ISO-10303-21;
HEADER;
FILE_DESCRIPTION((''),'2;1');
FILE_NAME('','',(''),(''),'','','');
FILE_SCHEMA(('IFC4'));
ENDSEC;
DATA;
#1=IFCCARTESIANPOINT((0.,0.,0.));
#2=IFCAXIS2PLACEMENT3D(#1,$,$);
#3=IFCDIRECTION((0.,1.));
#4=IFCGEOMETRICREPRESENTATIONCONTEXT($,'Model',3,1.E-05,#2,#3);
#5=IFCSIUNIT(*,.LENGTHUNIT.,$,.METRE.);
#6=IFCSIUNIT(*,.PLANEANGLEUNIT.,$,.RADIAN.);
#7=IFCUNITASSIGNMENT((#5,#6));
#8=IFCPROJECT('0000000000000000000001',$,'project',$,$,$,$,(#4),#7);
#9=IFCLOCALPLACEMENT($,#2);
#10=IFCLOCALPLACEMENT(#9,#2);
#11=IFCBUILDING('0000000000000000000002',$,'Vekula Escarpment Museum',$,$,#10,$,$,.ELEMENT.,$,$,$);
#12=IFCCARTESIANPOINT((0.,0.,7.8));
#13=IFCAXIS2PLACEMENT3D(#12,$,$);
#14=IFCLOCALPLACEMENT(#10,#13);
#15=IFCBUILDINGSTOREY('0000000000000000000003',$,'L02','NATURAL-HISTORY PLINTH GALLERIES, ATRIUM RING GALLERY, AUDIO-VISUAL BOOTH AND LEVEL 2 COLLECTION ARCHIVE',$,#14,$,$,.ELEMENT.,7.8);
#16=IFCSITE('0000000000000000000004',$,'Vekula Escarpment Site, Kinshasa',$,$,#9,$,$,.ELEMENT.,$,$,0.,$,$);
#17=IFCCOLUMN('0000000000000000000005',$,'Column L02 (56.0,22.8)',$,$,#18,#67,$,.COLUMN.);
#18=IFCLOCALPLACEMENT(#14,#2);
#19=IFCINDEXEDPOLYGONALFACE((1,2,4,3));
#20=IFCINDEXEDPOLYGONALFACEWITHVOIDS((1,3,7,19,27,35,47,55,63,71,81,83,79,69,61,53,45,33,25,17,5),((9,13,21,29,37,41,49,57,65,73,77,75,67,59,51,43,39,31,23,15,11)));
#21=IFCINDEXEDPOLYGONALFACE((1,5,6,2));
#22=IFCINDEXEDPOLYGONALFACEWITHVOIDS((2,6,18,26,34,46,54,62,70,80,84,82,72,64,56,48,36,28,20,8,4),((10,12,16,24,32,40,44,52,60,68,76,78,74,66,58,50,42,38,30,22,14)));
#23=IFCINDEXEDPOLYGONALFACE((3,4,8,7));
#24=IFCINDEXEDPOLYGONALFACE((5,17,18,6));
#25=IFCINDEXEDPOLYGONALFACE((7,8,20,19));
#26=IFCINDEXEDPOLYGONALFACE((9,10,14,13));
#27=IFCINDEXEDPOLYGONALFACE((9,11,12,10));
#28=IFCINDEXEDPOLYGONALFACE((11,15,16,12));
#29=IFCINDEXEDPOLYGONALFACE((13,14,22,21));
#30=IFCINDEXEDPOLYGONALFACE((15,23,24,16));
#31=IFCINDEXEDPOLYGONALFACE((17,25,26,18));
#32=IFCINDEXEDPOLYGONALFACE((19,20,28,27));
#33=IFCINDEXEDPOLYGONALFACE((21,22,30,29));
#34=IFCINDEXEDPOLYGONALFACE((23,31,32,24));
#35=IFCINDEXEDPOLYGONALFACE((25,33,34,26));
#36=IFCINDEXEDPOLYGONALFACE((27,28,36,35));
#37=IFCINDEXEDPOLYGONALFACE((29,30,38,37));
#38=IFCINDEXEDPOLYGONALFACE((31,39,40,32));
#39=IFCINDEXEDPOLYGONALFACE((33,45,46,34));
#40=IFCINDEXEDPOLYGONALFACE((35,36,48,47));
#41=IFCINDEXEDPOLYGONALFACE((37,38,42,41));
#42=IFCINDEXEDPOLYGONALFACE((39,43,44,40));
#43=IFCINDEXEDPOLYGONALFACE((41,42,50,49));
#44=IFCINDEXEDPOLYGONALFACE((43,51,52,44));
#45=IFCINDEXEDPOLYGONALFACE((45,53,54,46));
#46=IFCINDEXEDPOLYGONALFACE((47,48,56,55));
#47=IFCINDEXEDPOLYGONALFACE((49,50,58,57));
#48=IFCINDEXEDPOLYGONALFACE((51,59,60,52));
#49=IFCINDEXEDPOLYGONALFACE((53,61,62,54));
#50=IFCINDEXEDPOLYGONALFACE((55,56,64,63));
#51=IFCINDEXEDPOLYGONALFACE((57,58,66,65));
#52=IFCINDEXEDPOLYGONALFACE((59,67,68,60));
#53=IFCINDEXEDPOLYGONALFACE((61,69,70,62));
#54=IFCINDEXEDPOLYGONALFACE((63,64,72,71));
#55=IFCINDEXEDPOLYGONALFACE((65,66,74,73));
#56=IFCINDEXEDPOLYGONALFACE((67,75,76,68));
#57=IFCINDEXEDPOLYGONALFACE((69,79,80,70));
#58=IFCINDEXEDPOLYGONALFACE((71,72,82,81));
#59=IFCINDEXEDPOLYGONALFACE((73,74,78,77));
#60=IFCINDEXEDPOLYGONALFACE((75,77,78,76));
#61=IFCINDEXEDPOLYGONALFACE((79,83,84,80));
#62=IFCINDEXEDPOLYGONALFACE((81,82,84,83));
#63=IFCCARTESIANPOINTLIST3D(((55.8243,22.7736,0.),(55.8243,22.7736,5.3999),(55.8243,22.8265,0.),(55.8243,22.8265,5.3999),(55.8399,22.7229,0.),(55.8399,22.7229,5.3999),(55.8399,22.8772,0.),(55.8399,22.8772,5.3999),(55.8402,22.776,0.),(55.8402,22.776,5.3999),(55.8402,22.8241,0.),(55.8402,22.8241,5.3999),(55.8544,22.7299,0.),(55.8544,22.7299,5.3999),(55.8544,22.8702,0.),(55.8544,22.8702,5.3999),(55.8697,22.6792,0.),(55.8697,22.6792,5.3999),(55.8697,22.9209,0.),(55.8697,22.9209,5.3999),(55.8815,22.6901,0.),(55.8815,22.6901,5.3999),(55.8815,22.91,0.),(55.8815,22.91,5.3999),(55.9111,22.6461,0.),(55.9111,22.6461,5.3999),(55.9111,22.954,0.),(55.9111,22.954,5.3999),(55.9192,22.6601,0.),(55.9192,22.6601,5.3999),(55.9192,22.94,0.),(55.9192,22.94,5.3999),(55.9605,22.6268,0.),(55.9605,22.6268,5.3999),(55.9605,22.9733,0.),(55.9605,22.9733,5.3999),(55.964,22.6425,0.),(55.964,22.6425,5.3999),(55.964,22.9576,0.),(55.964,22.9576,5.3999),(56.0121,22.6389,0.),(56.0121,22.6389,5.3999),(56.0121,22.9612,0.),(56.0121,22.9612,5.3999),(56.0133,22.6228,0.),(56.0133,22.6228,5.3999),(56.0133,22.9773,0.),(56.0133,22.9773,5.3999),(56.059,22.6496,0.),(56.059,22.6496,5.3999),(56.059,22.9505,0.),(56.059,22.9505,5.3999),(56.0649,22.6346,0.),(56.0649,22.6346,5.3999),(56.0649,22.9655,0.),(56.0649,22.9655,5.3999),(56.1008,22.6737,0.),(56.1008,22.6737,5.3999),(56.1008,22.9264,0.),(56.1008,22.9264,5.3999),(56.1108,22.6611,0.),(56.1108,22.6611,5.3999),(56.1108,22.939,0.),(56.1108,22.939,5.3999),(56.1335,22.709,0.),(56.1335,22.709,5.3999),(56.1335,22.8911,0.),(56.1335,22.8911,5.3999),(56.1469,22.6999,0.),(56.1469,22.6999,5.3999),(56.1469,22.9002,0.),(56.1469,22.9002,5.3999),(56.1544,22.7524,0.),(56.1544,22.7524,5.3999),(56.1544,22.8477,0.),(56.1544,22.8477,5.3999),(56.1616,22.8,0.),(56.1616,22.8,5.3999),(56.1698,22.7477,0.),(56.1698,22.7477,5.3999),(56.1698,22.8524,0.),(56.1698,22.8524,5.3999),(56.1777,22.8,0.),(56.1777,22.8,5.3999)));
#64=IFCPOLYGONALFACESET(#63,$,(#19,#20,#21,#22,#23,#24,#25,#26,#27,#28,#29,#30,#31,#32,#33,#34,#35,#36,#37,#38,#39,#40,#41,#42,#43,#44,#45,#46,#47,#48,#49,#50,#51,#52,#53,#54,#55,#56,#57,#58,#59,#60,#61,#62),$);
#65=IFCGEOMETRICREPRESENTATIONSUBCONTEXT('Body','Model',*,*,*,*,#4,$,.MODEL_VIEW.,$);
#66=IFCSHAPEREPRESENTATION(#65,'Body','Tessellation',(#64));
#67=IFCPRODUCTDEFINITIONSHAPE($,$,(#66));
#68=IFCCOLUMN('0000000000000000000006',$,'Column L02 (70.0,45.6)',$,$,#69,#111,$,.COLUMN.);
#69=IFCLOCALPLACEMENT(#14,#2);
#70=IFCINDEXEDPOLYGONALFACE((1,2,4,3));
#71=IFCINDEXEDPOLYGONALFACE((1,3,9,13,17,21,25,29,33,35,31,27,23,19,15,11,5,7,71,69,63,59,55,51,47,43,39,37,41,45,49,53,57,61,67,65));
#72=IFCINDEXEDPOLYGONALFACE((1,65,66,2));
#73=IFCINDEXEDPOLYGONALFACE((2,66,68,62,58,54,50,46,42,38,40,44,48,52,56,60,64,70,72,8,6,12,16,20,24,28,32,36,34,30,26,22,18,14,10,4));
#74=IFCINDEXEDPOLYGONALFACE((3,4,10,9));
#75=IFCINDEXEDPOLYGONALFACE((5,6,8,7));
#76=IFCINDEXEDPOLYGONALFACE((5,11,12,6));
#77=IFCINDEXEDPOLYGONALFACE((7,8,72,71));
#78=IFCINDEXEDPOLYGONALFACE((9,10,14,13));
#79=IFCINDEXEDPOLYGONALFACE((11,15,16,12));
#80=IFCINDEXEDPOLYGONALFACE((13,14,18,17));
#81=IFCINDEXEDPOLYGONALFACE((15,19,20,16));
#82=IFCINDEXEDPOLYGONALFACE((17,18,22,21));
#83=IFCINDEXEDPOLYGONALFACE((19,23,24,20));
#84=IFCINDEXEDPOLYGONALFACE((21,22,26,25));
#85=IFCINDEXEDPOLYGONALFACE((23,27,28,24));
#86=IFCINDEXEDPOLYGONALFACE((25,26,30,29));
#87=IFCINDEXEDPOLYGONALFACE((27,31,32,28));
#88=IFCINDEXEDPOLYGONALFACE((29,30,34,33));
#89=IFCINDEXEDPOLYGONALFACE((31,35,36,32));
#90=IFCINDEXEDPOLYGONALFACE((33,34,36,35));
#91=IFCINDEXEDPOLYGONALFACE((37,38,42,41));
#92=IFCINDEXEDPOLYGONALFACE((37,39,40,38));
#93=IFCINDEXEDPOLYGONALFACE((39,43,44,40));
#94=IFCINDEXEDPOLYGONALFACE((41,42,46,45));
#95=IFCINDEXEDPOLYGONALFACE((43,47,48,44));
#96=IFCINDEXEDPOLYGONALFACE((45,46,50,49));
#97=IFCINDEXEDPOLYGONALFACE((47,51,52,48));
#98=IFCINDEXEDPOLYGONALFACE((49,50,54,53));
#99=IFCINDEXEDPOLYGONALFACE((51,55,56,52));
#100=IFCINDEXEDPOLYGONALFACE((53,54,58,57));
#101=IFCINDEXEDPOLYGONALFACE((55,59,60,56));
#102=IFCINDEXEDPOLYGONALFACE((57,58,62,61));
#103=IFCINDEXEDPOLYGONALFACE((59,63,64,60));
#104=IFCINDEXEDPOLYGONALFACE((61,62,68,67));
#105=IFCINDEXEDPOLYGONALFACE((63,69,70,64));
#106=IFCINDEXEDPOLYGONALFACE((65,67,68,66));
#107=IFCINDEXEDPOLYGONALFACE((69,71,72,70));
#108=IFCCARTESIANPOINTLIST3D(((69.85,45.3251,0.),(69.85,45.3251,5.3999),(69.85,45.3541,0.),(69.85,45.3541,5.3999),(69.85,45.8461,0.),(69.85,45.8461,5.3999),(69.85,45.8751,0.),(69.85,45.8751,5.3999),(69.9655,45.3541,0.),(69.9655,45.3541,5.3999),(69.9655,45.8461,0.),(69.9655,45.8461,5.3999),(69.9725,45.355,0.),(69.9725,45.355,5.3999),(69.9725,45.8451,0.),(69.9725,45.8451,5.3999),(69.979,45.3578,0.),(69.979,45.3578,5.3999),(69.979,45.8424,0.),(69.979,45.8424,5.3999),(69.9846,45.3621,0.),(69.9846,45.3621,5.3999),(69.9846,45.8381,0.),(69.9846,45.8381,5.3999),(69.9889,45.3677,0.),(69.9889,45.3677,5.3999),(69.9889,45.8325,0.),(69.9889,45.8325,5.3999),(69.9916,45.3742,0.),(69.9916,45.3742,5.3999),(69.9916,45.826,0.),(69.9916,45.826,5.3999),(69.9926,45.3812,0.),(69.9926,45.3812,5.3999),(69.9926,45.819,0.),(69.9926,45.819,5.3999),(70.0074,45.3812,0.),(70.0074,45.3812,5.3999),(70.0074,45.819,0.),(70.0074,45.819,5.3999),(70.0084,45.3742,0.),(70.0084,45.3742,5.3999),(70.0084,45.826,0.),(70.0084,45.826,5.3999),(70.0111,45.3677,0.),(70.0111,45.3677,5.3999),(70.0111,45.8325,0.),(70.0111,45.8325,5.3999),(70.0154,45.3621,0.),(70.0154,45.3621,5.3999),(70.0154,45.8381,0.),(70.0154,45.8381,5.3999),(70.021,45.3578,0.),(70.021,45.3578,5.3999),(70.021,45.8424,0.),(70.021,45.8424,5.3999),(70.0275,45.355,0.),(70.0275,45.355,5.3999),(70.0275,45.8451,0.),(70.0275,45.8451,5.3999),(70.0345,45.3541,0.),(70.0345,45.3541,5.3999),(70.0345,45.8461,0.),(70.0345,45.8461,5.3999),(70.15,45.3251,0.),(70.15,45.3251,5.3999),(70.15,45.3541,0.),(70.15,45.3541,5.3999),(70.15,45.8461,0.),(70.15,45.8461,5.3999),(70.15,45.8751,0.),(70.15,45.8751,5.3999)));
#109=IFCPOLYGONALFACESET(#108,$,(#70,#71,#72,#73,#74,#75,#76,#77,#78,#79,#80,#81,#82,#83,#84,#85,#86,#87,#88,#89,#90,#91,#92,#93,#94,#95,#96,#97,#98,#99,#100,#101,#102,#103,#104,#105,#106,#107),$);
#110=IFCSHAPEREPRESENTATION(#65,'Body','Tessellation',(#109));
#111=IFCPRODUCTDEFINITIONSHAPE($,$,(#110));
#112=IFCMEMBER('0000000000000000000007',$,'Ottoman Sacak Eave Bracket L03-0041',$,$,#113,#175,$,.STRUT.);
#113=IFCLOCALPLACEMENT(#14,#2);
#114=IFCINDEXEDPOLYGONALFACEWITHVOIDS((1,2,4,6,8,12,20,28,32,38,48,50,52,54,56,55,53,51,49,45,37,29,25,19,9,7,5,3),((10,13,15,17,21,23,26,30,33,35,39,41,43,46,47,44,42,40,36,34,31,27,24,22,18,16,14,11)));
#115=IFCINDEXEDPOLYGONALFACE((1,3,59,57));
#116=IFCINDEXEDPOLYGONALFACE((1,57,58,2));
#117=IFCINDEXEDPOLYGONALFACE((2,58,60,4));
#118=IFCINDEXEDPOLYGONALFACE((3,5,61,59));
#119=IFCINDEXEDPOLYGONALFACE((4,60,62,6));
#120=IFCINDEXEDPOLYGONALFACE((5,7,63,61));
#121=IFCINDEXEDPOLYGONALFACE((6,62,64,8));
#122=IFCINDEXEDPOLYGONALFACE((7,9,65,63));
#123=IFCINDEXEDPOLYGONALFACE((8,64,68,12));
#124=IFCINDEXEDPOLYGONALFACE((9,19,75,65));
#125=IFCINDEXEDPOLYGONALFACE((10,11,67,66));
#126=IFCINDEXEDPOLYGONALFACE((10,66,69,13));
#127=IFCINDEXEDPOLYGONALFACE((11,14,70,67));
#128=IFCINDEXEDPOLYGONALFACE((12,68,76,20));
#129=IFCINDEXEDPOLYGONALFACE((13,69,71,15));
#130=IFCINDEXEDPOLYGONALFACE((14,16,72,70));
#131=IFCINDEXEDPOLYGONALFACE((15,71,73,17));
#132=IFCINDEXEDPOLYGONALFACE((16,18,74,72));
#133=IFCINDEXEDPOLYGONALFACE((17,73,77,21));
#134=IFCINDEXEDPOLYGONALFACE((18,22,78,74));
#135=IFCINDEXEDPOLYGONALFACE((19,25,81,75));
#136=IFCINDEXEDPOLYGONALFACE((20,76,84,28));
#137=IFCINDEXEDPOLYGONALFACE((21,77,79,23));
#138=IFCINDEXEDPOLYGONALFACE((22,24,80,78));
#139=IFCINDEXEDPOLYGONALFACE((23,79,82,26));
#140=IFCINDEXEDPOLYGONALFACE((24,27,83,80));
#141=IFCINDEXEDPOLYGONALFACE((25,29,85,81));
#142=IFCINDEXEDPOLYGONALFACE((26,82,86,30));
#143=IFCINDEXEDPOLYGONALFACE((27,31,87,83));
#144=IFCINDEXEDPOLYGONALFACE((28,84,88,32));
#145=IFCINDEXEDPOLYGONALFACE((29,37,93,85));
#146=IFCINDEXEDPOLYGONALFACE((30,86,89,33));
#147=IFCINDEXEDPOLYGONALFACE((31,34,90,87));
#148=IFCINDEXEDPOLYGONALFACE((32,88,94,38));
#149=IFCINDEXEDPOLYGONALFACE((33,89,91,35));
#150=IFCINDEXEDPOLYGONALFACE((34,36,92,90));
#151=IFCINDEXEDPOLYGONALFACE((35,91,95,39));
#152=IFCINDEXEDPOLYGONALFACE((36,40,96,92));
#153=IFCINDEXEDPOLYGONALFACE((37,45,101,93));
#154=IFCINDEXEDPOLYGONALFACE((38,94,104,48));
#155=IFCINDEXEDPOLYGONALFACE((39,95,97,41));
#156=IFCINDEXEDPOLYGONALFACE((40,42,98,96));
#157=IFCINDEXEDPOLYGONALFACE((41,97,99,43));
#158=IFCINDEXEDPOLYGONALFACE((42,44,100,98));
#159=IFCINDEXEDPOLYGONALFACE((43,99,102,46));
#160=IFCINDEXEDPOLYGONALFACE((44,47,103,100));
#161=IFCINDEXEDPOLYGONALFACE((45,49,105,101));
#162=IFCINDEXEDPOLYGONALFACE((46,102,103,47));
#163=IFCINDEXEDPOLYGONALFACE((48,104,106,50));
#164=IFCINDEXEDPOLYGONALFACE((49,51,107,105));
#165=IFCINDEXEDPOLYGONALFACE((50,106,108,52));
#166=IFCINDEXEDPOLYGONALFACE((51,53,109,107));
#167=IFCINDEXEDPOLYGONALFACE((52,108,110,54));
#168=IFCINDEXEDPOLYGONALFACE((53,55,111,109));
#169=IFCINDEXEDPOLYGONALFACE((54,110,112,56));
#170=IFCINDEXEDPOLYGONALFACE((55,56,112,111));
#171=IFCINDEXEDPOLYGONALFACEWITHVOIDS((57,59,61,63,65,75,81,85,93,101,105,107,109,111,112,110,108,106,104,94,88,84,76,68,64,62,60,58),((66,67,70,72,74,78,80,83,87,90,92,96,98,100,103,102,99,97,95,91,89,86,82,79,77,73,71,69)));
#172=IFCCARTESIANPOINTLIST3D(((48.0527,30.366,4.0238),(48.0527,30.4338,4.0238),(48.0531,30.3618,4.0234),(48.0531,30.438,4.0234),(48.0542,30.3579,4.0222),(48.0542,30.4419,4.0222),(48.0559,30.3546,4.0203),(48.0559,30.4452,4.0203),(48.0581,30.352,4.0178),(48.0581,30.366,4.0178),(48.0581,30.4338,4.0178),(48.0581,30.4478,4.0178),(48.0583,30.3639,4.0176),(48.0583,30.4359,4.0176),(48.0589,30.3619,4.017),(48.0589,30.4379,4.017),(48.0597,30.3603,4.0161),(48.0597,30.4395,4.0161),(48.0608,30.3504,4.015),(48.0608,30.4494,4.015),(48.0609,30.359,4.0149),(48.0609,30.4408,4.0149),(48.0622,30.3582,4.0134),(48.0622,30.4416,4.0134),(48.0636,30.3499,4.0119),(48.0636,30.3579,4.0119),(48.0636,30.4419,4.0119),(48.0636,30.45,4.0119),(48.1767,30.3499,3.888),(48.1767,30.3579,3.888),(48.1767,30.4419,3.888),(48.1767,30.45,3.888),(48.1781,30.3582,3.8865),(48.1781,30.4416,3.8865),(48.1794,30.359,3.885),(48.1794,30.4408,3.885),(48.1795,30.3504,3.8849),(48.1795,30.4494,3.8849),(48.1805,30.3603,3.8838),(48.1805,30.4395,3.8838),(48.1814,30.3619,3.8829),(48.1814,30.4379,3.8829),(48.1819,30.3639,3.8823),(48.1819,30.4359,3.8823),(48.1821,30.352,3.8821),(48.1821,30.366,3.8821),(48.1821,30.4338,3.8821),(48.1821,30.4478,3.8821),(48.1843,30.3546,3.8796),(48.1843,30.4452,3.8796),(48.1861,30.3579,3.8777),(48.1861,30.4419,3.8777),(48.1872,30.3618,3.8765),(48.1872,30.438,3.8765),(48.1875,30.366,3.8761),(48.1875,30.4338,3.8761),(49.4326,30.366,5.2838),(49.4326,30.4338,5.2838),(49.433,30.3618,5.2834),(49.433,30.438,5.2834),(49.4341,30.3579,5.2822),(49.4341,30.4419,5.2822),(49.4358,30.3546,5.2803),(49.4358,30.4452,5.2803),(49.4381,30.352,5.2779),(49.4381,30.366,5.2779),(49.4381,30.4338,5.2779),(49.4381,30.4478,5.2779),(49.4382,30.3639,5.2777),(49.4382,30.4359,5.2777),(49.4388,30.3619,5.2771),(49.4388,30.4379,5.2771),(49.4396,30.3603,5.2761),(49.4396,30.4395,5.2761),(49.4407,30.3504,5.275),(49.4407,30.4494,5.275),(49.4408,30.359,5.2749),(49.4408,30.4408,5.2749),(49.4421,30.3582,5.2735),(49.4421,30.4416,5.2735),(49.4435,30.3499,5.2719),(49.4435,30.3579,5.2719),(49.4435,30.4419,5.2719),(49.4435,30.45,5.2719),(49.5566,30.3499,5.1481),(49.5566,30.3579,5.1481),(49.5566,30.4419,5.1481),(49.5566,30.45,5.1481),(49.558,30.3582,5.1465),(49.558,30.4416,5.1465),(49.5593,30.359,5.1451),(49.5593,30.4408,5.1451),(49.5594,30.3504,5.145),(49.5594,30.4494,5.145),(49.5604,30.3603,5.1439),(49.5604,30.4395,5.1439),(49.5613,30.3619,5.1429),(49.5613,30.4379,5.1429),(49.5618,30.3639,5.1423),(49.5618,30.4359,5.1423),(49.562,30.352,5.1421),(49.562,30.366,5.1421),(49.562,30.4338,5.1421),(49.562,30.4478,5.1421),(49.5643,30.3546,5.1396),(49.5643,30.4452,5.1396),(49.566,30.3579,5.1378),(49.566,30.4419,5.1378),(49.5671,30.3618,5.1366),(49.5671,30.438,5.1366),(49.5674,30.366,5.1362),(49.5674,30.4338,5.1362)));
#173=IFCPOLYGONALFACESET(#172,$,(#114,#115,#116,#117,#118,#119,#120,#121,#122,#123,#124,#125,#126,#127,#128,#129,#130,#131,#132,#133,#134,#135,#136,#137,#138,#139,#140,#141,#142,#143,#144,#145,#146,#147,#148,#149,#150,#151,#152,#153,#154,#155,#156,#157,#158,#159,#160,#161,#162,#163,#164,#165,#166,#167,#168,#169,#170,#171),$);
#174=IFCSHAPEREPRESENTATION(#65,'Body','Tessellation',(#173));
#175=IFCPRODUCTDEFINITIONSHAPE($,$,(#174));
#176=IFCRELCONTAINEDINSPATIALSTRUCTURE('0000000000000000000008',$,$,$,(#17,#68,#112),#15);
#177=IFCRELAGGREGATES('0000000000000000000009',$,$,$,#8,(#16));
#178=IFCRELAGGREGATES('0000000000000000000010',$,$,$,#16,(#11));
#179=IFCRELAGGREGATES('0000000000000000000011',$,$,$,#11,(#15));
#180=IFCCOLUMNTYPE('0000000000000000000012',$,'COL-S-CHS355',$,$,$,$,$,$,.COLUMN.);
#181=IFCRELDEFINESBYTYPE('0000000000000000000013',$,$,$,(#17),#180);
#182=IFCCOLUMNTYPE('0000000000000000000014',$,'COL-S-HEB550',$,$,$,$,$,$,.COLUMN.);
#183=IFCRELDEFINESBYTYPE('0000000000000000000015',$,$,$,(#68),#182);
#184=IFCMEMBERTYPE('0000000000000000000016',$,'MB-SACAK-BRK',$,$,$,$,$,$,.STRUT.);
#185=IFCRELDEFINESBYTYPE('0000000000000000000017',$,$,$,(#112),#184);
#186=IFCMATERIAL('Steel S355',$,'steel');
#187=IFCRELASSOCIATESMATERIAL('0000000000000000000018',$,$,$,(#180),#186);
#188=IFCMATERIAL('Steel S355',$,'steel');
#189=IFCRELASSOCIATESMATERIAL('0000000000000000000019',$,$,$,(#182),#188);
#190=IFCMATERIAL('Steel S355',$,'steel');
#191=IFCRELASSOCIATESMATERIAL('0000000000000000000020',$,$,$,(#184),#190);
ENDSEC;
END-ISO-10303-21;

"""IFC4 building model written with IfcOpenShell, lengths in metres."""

from ifc_helpers import new_model, si_unit, direction, frame, origin, origin_2d, place, context, subcontext, project, spatial, hollow_rectangle, hollow_circle, i_section, extrude, material, material_profile, profile_set, type_object, element, save


model = new_model("IFC4")

# Units and contexts
model_context = context("Model", 3, precision=1e-05, world=origin(), true_north=direction((0.0, 1.0)))
body_context = subcontext(model_context, "Body", "Model", "MODEL_VIEW")
ifc_project = project(units=[si_unit("LENGTHUNIT", "METRE"), si_unit("PLANEANGLEUNIT", "RADIAN")], contexts=[model_context])

# Site, building, storey
site_placement = place(None, origin())
site = spatial("IfcSite", under=ifc_project, at=site_placement, Name="Vekula Escarpment Site, Kinshasa", CompositionType="ELEMENT", RefElevation=0.0)
building_placement = place(site_placement, origin())
building = spatial("IfcBuilding", under=site, at=building_placement, Name="Vekula Escarpment Museum", CompositionType="ELEMENT")
storey_placement = place(building_placement, frame((0.0, 0.0, 7.8)))
storey = spatial("IfcBuildingStorey", under=building, at=storey_placement, Name="L02", Description="NATURAL-HISTORY PLINTH GALLERIES, ATRIUM RING GALLERY, AUDIO-VISUAL BOOTH AND LEVEL 2 COLLECTION ARCHIVE", CompositionType="ELEMENT", Elevation=7.8)

# Columns
ifc_material_1 = material(Name="Steel S355", Category="steel")
ifc_material_profile_1 = material_profile(ifc_material_1, hollow_circle(Radius=0.1777, WallThickness=0.0161, at=origin_2d()), Name="CHS 355.6x16")
ifc_profile_set_1 = profile_set([ifc_material_profile_1], Name="Steel S355")
column_type_1 = type_object("IfcColumnType", Name="COL-S-CHS355", PredefinedType="COLUMN", material=ifc_profile_set_1)
column_1_placement = place(storey_placement, frame((56.0, 22.8, 0.0), z_axis=(0.0, 0.0, 1.0), x_axis=(1.0, 0.0, 0.0)))
element("IfcColumn", 1, at=column_1_placement, inside=storey, type_object=column_type_1, Name="Column L02 (56.0,22.8)", PredefinedType="COLUMN", context=body_context, shape_type="SweptSolid", body=[
    extrude(hollow_circle(Radius=0.1777, WallThickness=0.0161, at=origin_2d()), origin(), (0.0, 0.0, 1.0), 5.3999),
])
ifc_material_2 = material(Name="Steel S355", Category="steel")
ifc_material_profile_2 = material_profile(ifc_material_2, i_section(OverallWidth=0.3, OverallDepth=0.55, WebThickness=0.0149, FlangeThickness=0.0291, FilletRadius=0.0271, at=origin_2d()), Name="HEB 550")
ifc_profile_set_2 = profile_set([ifc_material_profile_2], Name="Steel S355")
column_type_2 = type_object("IfcColumnType", Name="COL-S-HEB550", PredefinedType="COLUMN", material=ifc_profile_set_2)
column_2_placement = place(storey_placement, frame((70.0, 45.6001, 0.0), z_axis=(0.0, 0.0, 1.0), x_axis=(1.0, 0.0, 0.0)))
element("IfcColumn", 2, at=column_2_placement, inside=storey, type_object=column_type_2, Name="Column L02 (70.0,45.6)", PredefinedType="COLUMN", context=body_context, shape_type="SweptSolid", body=[
    extrude(i_section(OverallWidth=0.3, OverallDepth=0.55, WebThickness=0.0149, FlangeThickness=0.0291, FilletRadius=0.0271, at=origin_2d()), origin(), (0.0, 0.0, 1.0), 5.3999),
])

# Member
ifc_material_3 = material(Name="Steel S355", Category="steel")
ifc_material_profile_3 = material_profile(ifc_material_3, hollow_rectangle(XDim=0.1001, YDim=0.2, WallThickness=0.0081, InnerFilletRadius=0.0081, OuterFilletRadius=0.0161, at=origin_2d()), Name="RHS 200x100x8")
ifc_profile_set_3 = profile_set([ifc_material_profile_3], Name="Steel S355")
member_type_1 = type_object("IfcMemberType", Name="MB-SACAK-BRK", PredefinedType="STRUT", material=ifc_profile_set_3)
for number, where, z_axis, x_axis, name in (
    (3, (48.1201, 30.3999, 3.95), (0.738454, 0.0, 0.674303), (0.0, 1.0, 0.0), "Ottoman Sacak Eave Bracket L03-0041"),
):
    element("IfcMember", number, at=place(storey_placement, frame(where, z_axis=z_axis, x_axis=x_axis)), inside=storey, type_object=member_type_1, Name=name, PredefinedType="STRUT", context=body_context, shape_type="SweptSolid", body=[
        extrude(hollow_rectangle(XDim=0.1001, YDim=0.2, WallThickness=0.0081, InnerFilletRadius=0.0081, OuterFilletRadius=0.0161, at=origin_2d()), origin(), (0.0, 0.0, 1.0), 1.8687),
    ])

save(model, "model.ifc")
